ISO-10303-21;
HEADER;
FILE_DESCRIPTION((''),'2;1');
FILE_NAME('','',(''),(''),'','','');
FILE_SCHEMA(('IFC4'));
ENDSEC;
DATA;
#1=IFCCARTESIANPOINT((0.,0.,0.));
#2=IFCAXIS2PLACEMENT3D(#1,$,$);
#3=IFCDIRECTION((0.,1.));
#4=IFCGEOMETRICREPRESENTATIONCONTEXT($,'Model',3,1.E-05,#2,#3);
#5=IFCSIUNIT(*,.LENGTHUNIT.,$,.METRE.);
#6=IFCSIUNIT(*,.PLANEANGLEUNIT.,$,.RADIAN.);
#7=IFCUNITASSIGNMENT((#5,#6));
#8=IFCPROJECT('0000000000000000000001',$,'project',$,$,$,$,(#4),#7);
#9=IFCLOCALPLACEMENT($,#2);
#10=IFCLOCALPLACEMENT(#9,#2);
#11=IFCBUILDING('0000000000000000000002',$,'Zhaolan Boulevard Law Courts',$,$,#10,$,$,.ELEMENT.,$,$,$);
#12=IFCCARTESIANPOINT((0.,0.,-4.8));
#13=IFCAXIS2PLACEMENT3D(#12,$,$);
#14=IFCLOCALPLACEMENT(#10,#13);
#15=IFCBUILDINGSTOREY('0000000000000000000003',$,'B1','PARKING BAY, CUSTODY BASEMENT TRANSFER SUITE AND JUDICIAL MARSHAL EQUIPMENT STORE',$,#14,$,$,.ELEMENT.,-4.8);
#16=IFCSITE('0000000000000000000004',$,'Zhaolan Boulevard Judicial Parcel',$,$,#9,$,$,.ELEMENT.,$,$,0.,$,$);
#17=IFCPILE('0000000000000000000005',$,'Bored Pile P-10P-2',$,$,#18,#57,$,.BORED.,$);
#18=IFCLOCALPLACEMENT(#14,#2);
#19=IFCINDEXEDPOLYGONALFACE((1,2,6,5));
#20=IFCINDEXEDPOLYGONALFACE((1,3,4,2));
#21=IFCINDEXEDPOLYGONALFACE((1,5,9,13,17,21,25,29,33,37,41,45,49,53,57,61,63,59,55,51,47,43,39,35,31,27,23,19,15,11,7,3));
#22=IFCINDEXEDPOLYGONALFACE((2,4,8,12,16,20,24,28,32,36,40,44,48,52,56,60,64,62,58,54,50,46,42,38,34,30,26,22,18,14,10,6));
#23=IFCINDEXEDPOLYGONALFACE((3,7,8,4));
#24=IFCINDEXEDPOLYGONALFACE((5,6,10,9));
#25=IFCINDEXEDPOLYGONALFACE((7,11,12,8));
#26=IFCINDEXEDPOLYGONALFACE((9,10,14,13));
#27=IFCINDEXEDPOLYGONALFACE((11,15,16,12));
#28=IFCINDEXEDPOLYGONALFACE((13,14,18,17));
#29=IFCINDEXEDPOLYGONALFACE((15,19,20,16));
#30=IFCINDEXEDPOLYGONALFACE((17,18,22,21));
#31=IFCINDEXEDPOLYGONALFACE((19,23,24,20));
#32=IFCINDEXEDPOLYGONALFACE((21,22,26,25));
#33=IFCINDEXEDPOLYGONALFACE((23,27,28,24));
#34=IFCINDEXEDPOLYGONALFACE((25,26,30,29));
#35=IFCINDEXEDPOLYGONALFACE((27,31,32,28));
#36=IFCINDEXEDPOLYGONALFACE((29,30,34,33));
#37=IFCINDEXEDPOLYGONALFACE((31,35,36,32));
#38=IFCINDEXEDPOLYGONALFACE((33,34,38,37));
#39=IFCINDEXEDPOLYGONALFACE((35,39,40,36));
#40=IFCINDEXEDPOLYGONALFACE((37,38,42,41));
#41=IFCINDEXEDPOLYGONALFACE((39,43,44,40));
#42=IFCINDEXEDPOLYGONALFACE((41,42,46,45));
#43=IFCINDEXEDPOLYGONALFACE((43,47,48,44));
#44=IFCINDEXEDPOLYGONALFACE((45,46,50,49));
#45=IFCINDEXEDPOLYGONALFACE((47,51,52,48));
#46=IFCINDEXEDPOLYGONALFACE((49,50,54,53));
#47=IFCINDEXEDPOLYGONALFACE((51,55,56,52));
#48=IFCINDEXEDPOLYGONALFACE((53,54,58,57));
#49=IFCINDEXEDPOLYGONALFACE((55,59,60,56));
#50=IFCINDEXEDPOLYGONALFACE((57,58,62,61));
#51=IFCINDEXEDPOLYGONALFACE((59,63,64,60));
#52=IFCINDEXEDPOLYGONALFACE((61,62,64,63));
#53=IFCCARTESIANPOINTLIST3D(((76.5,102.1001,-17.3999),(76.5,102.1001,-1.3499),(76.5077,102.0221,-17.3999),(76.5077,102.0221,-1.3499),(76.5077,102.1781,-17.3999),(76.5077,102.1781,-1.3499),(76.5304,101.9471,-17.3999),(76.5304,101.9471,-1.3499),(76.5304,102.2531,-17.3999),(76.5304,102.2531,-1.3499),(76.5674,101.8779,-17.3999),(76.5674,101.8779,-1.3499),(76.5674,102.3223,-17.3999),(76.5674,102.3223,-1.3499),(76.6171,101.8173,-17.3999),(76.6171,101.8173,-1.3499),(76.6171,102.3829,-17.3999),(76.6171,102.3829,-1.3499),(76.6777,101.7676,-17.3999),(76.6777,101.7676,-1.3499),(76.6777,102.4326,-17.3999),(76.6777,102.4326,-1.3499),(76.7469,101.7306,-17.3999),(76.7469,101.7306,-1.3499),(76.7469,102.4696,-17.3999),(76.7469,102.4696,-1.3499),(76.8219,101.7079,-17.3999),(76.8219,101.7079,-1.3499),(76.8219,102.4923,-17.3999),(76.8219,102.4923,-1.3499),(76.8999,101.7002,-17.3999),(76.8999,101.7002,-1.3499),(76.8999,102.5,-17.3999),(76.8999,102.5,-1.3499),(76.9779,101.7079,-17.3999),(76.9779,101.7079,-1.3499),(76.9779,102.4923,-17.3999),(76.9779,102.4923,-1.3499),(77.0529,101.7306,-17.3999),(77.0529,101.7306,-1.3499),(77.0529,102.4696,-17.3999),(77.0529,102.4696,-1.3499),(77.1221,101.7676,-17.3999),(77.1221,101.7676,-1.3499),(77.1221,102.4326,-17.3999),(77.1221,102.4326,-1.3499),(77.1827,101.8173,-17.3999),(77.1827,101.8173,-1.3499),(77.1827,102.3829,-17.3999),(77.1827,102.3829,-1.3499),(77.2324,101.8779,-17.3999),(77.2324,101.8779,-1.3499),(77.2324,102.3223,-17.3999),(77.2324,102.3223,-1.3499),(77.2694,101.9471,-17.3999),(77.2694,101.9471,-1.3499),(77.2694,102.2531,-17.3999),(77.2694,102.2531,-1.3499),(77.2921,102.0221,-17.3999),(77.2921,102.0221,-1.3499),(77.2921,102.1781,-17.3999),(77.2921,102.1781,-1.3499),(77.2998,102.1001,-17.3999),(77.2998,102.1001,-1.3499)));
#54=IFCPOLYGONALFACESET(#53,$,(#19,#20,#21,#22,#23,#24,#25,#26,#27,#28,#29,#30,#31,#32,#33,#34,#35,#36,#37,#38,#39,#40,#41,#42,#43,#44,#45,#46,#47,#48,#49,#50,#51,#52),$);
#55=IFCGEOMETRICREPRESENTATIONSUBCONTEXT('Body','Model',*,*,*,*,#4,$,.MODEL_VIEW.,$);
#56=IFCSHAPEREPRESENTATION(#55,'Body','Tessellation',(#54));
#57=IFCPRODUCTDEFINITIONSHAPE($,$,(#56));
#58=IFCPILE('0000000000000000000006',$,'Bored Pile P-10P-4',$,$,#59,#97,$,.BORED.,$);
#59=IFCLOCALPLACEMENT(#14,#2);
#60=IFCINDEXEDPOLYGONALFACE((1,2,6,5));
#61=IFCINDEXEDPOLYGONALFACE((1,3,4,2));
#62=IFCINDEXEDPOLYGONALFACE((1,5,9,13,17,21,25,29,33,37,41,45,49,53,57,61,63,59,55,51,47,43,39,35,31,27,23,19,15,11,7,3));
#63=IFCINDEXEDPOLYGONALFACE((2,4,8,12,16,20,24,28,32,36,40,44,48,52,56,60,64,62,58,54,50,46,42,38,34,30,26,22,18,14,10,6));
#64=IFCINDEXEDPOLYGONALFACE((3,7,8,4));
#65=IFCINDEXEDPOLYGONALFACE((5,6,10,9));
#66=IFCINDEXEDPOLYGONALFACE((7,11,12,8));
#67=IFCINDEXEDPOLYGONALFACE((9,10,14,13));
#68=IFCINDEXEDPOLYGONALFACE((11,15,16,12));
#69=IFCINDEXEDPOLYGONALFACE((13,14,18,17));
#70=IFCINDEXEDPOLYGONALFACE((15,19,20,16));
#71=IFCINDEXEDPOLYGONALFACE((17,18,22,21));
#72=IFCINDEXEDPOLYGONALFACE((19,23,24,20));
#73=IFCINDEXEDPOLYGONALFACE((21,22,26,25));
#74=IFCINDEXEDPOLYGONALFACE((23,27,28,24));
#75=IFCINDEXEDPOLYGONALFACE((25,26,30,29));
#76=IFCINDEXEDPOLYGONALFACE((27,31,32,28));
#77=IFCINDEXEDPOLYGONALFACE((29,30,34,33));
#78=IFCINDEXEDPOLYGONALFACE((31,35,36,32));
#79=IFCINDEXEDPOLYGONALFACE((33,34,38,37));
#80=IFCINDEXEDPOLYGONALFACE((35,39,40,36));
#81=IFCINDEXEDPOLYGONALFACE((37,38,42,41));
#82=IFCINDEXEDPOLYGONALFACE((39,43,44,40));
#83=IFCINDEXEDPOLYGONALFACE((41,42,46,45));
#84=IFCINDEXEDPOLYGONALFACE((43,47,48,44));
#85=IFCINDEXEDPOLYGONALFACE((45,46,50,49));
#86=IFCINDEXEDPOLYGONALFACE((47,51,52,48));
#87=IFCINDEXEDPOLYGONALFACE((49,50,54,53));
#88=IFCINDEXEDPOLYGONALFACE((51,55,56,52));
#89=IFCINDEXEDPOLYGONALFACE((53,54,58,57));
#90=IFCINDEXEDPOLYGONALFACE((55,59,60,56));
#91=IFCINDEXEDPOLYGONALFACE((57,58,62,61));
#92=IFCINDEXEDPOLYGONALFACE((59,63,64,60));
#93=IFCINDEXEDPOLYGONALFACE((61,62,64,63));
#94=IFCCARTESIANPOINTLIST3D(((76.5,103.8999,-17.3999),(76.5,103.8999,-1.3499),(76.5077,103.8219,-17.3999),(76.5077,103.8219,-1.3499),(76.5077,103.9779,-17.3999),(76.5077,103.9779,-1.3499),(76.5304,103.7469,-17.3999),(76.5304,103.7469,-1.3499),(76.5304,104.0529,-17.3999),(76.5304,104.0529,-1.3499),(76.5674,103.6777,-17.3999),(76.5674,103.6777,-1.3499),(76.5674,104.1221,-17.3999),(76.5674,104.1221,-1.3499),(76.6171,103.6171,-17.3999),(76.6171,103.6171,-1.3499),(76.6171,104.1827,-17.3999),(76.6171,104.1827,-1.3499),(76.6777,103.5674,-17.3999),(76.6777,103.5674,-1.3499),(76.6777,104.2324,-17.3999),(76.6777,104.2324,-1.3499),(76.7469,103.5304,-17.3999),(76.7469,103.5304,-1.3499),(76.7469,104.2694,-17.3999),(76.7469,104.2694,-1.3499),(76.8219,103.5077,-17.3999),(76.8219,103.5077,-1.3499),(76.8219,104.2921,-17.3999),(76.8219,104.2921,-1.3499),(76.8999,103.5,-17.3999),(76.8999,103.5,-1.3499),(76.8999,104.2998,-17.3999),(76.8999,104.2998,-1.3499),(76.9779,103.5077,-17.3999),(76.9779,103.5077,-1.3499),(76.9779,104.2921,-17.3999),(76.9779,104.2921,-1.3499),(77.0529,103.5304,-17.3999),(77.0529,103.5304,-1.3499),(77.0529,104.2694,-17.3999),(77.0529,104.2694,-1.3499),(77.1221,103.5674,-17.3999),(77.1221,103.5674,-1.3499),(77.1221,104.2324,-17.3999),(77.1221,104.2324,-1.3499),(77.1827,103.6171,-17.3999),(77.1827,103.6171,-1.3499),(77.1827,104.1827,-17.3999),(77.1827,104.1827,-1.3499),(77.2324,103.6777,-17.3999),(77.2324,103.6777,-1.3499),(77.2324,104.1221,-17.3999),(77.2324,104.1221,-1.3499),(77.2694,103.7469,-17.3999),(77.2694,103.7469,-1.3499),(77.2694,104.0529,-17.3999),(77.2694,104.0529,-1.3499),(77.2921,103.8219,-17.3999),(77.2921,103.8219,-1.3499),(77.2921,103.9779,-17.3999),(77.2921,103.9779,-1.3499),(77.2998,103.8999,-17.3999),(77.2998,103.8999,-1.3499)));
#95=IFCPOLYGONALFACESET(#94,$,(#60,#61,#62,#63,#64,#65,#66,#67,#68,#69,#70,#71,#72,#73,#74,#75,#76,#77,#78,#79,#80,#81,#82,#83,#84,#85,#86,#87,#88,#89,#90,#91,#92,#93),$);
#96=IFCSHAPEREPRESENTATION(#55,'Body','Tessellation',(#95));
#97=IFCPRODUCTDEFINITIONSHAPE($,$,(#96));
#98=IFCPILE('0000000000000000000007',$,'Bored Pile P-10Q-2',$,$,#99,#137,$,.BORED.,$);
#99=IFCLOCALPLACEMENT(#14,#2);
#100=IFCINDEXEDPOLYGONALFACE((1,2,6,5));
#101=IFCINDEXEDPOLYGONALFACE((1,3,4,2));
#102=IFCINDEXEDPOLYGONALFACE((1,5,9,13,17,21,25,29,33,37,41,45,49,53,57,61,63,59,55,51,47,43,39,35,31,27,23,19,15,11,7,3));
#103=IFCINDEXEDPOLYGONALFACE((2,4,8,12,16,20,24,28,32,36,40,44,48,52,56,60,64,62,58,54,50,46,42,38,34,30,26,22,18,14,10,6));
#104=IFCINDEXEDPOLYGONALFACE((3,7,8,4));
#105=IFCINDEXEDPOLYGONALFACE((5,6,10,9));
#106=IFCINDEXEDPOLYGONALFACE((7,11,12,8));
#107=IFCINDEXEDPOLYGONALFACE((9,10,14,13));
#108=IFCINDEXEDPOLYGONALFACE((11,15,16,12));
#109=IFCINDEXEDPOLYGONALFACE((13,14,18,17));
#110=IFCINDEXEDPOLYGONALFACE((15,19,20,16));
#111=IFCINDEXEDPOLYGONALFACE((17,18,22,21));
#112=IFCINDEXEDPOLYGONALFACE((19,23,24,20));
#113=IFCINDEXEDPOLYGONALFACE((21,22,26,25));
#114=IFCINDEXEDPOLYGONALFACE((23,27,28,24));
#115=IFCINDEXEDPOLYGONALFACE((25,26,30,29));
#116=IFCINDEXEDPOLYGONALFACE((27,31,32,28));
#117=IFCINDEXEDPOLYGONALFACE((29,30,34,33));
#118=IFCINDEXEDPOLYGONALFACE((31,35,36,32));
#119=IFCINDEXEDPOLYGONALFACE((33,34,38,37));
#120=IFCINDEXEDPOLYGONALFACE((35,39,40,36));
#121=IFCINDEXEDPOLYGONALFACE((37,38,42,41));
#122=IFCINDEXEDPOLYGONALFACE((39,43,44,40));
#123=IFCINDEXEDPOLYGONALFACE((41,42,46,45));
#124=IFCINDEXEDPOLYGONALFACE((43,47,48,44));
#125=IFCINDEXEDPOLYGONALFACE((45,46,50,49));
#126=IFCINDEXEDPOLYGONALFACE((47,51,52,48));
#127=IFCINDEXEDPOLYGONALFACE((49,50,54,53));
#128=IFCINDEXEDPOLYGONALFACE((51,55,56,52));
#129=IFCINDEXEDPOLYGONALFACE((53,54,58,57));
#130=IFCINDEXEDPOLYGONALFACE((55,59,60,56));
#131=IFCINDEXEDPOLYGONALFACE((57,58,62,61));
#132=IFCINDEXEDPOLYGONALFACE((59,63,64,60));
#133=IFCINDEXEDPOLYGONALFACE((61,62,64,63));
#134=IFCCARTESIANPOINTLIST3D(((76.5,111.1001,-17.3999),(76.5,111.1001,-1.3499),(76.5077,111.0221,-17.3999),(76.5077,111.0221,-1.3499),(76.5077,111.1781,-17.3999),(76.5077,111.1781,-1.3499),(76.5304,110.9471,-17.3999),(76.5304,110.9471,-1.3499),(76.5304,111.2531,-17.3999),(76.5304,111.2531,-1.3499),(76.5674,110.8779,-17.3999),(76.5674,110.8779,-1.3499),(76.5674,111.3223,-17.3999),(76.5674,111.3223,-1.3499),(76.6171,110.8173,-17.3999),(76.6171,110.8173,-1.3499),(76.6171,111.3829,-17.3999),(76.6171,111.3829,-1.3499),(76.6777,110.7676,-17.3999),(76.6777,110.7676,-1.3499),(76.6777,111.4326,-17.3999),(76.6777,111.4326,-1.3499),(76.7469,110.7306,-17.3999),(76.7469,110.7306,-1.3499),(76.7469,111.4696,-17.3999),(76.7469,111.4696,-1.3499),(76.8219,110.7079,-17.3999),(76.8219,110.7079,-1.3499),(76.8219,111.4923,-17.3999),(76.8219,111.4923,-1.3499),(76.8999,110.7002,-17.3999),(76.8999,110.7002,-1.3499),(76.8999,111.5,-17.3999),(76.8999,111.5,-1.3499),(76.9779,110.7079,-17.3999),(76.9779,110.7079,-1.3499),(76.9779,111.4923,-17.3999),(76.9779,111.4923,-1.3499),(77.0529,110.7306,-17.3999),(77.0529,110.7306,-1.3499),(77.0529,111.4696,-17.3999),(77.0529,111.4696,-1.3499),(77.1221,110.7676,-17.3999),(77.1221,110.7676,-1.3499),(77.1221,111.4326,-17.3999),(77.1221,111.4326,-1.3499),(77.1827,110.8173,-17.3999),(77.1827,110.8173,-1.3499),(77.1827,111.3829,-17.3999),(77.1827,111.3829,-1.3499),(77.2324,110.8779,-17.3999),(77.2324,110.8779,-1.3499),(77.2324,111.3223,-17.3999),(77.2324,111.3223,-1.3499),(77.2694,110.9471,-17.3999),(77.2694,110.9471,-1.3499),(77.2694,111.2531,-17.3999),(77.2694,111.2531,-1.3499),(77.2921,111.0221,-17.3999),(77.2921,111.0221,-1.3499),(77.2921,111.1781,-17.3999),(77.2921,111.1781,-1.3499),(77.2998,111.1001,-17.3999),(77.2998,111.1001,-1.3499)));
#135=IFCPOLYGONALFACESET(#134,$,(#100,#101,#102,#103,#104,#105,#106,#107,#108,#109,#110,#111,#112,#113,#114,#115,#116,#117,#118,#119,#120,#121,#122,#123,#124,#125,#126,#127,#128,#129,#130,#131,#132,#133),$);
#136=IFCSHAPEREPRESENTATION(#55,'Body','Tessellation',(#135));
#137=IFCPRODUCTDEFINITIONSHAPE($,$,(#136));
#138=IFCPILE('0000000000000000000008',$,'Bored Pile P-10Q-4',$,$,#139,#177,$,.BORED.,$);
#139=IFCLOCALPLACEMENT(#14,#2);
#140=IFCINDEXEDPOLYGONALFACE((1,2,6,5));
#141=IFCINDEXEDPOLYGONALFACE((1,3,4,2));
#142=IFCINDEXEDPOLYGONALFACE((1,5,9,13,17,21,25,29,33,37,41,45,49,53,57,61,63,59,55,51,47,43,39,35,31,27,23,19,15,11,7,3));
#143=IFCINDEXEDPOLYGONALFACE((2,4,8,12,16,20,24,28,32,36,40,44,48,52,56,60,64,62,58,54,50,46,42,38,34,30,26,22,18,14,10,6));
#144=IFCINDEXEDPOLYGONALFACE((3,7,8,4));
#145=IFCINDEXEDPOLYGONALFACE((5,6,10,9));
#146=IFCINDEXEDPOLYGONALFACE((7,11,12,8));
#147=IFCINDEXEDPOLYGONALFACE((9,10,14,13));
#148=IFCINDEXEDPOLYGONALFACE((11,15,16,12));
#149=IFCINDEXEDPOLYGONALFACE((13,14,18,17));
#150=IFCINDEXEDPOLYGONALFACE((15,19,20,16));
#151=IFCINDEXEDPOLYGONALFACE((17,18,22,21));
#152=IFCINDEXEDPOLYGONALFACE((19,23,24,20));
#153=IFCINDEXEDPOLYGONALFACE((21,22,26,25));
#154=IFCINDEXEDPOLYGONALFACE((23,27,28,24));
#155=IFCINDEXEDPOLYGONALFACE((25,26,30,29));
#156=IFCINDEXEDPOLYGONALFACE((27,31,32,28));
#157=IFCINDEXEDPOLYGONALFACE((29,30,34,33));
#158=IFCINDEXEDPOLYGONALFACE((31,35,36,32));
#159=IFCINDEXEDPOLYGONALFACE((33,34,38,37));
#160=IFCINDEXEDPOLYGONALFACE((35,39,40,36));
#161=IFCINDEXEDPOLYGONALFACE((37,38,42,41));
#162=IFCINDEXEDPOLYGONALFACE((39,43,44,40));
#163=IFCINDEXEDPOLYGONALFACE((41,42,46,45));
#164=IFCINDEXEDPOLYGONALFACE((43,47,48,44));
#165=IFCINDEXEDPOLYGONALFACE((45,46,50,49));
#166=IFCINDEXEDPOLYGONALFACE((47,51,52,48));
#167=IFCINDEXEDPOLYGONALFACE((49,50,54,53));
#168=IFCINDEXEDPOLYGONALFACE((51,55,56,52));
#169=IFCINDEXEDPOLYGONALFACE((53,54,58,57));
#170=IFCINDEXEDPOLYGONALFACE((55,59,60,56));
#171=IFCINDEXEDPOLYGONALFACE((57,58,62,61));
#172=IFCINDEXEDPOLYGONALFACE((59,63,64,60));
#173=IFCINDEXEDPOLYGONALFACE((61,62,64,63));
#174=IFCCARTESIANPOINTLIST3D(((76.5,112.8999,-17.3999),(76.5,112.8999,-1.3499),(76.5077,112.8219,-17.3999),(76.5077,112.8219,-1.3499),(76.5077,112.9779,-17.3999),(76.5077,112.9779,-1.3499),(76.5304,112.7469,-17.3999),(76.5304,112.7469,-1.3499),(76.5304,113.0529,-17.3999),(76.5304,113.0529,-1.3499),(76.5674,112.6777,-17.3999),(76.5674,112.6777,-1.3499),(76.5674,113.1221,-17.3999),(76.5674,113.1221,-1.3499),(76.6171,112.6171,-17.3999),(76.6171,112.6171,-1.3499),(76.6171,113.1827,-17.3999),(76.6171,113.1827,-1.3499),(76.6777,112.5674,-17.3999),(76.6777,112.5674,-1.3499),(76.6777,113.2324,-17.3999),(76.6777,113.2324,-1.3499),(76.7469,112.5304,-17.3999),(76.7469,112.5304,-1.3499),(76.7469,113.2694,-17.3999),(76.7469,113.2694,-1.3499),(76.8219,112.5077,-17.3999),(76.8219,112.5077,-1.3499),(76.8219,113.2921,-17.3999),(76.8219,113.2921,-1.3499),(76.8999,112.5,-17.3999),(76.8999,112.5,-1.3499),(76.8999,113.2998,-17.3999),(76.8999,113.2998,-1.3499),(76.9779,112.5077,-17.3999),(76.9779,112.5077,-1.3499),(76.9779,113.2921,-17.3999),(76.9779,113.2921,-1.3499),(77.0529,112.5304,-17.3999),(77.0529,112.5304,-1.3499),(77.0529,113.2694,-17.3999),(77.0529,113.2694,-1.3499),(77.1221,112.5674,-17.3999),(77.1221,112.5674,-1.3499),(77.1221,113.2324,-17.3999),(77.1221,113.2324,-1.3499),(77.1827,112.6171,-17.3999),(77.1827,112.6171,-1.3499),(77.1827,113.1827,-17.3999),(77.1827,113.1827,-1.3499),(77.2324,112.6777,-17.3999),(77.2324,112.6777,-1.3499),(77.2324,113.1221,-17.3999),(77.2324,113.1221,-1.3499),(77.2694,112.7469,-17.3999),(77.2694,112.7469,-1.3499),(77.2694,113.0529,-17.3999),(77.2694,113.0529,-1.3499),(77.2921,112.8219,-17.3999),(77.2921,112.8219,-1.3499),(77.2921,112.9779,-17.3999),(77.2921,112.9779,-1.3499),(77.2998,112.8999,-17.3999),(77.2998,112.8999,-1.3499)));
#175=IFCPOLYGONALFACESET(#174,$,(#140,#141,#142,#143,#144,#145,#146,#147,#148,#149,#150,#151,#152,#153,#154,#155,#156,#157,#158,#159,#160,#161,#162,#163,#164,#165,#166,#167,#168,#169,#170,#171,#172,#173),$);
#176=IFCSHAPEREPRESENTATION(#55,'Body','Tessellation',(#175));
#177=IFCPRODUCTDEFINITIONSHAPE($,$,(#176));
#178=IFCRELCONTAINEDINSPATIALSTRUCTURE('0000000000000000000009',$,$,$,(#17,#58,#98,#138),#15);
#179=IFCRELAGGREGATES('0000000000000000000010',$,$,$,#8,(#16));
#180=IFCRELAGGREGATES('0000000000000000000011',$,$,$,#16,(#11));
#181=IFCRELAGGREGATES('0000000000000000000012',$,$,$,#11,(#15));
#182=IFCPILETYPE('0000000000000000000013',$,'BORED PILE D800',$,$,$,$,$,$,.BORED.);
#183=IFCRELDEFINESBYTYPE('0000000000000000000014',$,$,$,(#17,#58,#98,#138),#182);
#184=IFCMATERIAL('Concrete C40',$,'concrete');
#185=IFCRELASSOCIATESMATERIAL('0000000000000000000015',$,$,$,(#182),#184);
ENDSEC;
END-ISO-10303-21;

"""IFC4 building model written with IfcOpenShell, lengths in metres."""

from ifc_helpers import new_model, si_unit, direction, frame, origin, origin_2d, place, context, subcontext, project, spatial, circle, extrude, material, material_profile, profile_set, type_object, element, save


model = new_model("IFC4")

# Units and contexts
model_context = context("Model", 3, precision=1e-05, world=origin(), true_north=direction((0.0, 1.0)))
body_context = subcontext(model_context, "Body", "Model", "MODEL_VIEW")
ifc_project = project(units=[si_unit("LENGTHUNIT", "METRE"), si_unit("PLANEANGLEUNIT", "RADIAN")], contexts=[model_context])

# Site, building, storey
site_placement = place(None, origin())
site = spatial("IfcSite", under=ifc_project, at=site_placement, Name="Zhaolan Boulevard Judicial Parcel", CompositionType="ELEMENT", RefElevation=0.0)
building_placement = place(site_placement, origin())
building = spatial("IfcBuilding", under=site, at=building_placement, Name="Zhaolan Boulevard Law Courts", CompositionType="ELEMENT")
storey_placement = place(building_placement, frame((0.0, 0.0, -4.8)))
storey = spatial("IfcBuildingStorey", under=building, at=storey_placement, Name="B1", Description="PARKING BAY, CUSTODY BASEMENT TRANSFER SUITE AND JUDICIAL MARSHAL EQUIPMENT STORE", CompositionType="ELEMENT", Elevation=-4.8)

# Piles
ifc_material_1 = material(Name="Concrete C40", Category="concrete")
ifc_material_profile_1 = material_profile(ifc_material_1, circle(Radius=0.3999, at=origin_2d()), Name="PILE-D800")
ifc_profile_set_1 = profile_set([ifc_material_profile_1], Name="Concrete C40")
pile_type = type_object("IfcPileType", Name="BORED PILE D800", PredefinedType="BORED", material=ifc_profile_set_1)
for number, where, z_axis, x_axis, name in (
    (1, (76.8999, 102.1001, -1.3499), (0.0, 0.0, -1.0), (1.0, 0.0, 0.0), "Bored Pile P-10P-2"),
    (2, (76.8999, 103.8999, -1.3499), (0.0, 0.0, -1.0), (1.0, 0.0, 0.0), "Bored Pile P-10P-4"),
    (3, (76.8999, 111.1001, -1.3499), (0.0, 0.0, -1.0), (1.0, 0.0, 0.0), "Bored Pile P-10Q-2"),
    (4, (76.8999, 112.8999, -1.3499), (0.0, 0.0, -1.0), (1.0, 0.0, 0.0), "Bored Pile P-10Q-4"),
):
    element("IfcPile", number, at=place(storey_placement, frame(where, z_axis=z_axis, x_axis=x_axis)), inside=storey, type_object=pile_type, Name=name, PredefinedType="BORED", context=body_context, shape_type="SweptSolid", body=[
        extrude(circle(Radius=0.3999, at=origin_2d()), origin(), (0.0, 0.0, 1.0), 16.05),
    ])

save(model, "model.ifc")
